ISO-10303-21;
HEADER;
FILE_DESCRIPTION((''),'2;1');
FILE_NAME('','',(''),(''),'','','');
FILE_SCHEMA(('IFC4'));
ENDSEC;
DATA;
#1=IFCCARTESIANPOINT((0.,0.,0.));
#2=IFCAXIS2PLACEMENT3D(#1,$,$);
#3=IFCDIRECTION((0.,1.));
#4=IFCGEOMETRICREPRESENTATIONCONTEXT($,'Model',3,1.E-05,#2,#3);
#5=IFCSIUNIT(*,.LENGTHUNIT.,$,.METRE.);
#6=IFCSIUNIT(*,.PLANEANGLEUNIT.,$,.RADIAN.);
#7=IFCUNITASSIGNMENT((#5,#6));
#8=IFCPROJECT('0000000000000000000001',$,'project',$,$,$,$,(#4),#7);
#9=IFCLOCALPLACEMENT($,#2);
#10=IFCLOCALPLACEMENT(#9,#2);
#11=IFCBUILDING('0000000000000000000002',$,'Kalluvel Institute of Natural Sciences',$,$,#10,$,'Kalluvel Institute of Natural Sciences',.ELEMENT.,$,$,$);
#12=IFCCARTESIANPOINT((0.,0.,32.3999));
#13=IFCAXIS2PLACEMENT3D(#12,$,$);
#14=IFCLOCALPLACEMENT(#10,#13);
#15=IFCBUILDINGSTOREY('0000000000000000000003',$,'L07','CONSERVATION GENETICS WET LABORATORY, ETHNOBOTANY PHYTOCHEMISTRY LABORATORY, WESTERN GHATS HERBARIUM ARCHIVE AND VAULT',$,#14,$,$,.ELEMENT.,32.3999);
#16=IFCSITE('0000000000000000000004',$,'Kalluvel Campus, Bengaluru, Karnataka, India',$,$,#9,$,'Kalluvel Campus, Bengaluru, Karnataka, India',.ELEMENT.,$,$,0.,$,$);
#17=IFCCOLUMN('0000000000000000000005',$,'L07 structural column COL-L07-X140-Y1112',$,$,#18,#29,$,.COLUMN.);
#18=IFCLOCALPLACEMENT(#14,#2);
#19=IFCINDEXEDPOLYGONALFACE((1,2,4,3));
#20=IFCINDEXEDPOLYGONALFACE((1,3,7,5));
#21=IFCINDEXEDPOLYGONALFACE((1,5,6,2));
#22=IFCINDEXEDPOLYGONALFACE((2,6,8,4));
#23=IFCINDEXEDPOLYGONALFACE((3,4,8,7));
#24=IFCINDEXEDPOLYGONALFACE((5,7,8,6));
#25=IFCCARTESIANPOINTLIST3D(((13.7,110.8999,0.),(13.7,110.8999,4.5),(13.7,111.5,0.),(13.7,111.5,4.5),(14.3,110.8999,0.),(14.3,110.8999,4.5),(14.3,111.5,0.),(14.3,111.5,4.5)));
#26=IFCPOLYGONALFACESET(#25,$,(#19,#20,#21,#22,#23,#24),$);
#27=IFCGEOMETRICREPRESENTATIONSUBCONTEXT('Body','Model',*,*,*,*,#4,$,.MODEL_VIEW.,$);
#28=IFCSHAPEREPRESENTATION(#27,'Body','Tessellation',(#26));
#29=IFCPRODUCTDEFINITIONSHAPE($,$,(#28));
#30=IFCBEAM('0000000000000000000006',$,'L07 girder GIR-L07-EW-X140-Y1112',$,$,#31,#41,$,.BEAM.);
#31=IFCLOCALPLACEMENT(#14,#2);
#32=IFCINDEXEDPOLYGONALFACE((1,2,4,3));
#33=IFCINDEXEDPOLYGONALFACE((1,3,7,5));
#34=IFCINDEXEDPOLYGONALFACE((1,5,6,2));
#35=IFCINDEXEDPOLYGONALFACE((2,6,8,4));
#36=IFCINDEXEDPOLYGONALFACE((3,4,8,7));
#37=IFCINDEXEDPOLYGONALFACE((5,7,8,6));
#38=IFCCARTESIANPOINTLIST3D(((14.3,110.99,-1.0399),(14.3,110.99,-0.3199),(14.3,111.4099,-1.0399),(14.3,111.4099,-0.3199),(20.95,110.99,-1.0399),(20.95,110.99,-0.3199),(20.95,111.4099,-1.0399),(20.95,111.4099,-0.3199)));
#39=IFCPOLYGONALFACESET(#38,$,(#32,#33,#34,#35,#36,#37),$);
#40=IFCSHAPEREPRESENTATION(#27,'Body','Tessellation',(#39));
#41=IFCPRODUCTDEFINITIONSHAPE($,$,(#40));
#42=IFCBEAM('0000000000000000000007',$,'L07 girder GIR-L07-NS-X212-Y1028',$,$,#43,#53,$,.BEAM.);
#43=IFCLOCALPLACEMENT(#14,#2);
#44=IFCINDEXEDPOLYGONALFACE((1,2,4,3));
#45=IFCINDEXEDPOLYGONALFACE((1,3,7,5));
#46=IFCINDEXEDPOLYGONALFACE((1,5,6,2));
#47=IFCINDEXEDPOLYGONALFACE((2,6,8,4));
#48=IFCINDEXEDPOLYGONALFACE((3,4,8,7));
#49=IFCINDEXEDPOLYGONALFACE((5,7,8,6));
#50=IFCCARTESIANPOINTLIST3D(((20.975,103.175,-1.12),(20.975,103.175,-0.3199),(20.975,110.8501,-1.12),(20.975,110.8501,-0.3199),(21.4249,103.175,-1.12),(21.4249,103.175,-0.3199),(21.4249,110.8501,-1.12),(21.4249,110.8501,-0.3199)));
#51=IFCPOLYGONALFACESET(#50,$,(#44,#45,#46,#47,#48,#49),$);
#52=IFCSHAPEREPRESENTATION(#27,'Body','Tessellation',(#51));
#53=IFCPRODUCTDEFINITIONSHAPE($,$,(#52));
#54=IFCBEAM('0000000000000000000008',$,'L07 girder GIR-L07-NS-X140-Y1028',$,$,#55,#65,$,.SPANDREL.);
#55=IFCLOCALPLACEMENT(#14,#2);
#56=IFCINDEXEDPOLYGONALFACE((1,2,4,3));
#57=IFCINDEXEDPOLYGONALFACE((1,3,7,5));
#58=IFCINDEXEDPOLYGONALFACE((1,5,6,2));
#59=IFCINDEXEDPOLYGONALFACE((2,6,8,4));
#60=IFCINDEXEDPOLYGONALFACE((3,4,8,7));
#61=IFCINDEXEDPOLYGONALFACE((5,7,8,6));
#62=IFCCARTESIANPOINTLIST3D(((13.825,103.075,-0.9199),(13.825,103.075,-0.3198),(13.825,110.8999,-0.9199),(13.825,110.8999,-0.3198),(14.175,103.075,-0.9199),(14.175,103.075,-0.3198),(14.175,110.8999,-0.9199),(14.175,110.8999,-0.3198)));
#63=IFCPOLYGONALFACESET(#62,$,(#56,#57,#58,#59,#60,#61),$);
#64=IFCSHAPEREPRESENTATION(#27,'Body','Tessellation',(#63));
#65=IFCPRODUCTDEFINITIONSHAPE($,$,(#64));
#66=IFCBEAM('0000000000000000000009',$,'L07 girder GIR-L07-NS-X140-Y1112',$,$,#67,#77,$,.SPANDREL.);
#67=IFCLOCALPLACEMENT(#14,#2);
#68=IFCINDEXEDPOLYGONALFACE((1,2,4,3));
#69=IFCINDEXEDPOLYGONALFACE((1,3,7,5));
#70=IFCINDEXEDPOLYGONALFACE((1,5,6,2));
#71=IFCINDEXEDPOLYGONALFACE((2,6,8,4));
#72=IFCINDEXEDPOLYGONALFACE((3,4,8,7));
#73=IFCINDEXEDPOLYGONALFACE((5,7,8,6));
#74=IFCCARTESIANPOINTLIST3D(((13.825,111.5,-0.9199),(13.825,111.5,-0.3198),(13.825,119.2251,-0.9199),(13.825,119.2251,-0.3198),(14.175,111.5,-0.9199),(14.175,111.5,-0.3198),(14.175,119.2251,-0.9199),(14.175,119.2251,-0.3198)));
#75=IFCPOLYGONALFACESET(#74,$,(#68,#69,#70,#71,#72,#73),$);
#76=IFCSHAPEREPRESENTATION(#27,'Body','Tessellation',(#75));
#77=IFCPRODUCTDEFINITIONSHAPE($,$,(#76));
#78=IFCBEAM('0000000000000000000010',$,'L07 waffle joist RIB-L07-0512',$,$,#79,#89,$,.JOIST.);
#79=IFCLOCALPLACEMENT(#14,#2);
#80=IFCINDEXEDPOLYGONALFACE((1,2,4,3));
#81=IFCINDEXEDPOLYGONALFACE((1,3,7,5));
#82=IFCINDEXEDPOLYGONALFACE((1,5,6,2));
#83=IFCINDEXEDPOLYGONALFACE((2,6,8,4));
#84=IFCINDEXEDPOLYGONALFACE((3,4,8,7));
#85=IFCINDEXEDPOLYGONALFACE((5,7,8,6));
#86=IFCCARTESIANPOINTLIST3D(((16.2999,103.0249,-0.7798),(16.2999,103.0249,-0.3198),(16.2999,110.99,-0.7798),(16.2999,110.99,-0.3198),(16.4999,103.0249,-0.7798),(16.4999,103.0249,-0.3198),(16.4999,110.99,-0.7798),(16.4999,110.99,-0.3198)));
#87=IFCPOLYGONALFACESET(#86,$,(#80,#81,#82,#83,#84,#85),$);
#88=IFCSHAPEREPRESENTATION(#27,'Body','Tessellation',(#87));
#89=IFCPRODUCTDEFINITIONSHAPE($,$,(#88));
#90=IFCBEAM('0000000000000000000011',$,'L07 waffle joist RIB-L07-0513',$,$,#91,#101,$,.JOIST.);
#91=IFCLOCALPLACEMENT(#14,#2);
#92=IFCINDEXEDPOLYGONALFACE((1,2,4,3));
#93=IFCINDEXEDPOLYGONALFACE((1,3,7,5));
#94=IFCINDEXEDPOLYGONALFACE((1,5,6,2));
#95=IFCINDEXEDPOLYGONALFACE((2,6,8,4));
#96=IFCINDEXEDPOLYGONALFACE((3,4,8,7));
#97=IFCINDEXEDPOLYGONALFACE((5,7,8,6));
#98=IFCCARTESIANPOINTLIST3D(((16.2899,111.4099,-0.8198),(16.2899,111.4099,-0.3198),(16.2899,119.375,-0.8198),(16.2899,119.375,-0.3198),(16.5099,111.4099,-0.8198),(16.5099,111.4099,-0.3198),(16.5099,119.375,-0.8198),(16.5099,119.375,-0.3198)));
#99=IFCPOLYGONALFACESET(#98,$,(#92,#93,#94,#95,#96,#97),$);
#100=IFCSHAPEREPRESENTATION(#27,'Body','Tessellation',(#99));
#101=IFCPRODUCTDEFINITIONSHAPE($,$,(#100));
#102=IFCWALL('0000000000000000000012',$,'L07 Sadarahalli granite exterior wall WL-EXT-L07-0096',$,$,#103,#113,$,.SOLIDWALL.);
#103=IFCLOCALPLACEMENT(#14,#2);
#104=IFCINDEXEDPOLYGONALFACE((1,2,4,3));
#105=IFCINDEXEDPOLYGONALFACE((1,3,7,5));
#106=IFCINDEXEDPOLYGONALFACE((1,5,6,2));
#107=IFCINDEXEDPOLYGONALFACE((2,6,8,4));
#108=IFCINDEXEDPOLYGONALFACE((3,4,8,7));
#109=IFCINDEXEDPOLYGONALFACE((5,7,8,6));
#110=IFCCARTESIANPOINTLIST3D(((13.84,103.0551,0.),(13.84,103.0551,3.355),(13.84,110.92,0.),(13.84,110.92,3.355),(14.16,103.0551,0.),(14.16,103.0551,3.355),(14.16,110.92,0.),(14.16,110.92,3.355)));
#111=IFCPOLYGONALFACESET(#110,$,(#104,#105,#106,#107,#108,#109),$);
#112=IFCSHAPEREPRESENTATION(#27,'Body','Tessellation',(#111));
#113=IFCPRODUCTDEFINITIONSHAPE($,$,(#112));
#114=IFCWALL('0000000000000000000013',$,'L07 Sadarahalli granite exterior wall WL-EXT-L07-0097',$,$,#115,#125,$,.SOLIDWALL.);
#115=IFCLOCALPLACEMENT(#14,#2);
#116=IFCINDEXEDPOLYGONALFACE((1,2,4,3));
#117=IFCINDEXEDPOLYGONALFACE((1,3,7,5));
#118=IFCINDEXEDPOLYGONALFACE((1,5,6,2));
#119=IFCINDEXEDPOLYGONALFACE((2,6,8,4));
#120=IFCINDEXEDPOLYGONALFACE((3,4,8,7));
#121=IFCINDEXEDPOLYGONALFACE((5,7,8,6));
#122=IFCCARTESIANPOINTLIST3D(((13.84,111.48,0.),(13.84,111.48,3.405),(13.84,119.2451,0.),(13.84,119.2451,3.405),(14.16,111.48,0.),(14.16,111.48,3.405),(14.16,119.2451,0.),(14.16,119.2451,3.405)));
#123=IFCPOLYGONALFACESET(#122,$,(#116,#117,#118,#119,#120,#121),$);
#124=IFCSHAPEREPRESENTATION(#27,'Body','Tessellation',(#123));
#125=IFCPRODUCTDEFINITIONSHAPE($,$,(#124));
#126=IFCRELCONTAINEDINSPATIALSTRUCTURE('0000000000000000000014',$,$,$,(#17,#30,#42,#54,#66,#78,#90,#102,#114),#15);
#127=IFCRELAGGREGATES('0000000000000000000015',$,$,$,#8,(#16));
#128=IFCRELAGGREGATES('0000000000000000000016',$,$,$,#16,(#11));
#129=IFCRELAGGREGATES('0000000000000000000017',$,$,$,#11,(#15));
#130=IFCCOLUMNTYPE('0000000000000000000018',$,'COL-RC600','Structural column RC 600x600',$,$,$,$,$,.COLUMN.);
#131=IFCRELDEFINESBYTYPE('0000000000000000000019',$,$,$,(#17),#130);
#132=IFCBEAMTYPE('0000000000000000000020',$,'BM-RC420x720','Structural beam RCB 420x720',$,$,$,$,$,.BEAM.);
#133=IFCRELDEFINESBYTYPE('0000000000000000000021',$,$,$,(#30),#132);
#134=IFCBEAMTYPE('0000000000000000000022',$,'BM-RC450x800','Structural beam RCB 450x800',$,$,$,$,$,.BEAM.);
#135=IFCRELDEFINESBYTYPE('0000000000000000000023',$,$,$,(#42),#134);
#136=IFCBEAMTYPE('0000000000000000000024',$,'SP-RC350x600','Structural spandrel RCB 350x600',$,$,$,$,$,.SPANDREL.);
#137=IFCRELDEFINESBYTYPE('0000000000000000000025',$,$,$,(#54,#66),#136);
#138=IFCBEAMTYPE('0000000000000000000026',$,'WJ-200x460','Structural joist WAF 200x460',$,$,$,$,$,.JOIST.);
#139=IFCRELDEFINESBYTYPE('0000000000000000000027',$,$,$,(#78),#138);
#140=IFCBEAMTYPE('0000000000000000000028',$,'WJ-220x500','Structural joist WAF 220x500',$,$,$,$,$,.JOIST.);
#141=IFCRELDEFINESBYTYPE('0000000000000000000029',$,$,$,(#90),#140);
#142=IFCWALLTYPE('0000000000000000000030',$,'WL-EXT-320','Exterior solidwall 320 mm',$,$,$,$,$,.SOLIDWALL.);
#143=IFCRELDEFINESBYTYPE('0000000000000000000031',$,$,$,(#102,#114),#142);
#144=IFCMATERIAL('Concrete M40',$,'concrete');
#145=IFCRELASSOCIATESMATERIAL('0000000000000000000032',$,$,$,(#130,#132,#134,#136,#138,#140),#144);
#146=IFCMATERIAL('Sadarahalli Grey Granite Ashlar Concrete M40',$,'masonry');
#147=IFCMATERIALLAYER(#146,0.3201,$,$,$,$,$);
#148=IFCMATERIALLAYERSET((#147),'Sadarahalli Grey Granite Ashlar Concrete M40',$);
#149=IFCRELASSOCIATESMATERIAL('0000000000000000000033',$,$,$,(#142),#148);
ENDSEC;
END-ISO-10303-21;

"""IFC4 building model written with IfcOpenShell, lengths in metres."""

from ifc_helpers import new_model, si_unit, direction, frame, frame_2d, origin, origin_2d, place, context, subcontext, project, spatial, rectangle, extrude, material, layer, layer_set, material_profile, profile_set, type_object, element, save


model = new_model("IFC4")

# Units and contexts
model_context = context("Model", 3, precision=1e-05, world=origin(), true_north=direction((0.0, 1.0)))
body_context = subcontext(model_context, "Body", "Model", "MODEL_VIEW")
ifc_project = project(units=[si_unit("LENGTHUNIT", "METRE"), si_unit("PLANEANGLEUNIT", "RADIAN")], contexts=[model_context])

# Site, building, storey
site_placement = place(None, origin())
site = spatial("IfcSite", under=ifc_project, at=site_placement, Name="Kalluvel Campus, Bengaluru, Karnataka, India", LongName="Kalluvel Campus, Bengaluru, Karnataka, India", CompositionType="ELEMENT", RefElevation=0.0)
building_placement = place(site_placement, origin())
building = spatial("IfcBuilding", under=site, at=building_placement, Name="Kalluvel Institute of Natural Sciences", LongName="Kalluvel Institute of Natural Sciences", CompositionType="ELEMENT")
storey_placement = place(building_placement, frame((0.0, 0.0, 32.3999)))
storey = spatial("IfcBuildingStorey", under=building, at=storey_placement, Name="L07", Description="CONSERVATION GENETICS WET LABORATORY, ETHNOBOTANY PHYTOCHEMISTRY LABORATORY, WESTERN GHATS HERBARIUM ARCHIVE AND VAULT", CompositionType="ELEMENT", Elevation=32.3999)

# Column
ifc_material_1 = material(Name="Concrete M40", Category="concrete")
ifc_material_profile_1 = material_profile(ifc_material_1, rectangle(XDim=0.6001, YDim=0.6001, at=origin_2d()), Name="RC 600x600")
ifc_profile_set_1 = profile_set([ifc_material_profile_1], Name="Concrete M40")
column_type = type_object("IfcColumnType", Name="COL-RC600", Description="Structural column RC 600x600", PredefinedType="COLUMN", material=ifc_profile_set_1)
column_placement = place(storey_placement, frame((14.0, 111.2, 0.0), z_axis=(0.0, 0.0, 1.0), x_axis=(1.0, 0.0, 0.0)))
element("IfcColumn", 1, at=column_placement, inside=storey, type_object=column_type, Name="L07 structural column COL-L07-X140-Y1112", PredefinedType="COLUMN", context=body_context, shape_type="SweptSolid", body=[
    extrude(rectangle(XDim=0.6001, YDim=0.6001, at=origin_2d()), origin(), (0.0, 0.0, 1.0), 4.5),
])

# Beams
ifc_material_profile_2 = material_profile(ifc_material_1, rectangle(XDim=0.4199, YDim=0.72, at=origin_2d()), Name="RCB 420x720")
ifc_profile_set_2 = profile_set([ifc_material_profile_2], Name="Concrete M40")
beam_type_1 = type_object("IfcBeamType", Name="BM-RC420x720", Description="Structural beam RCB 420x720", PredefinedType="BEAM", material=ifc_profile_set_2)
beam_1_placement = place(storey_placement, frame((14.3, 111.2, -0.6799), z_axis=(1.0, 0.0, 0.0), x_axis=(0.0, 1.0, 0.0)))
element("IfcBeam", 2, at=beam_1_placement, inside=storey, type_object=beam_type_1, Name="L07 girder GIR-L07-EW-X140-Y1112", PredefinedType="BEAM", context=body_context, shape_type="SweptSolid", body=[
    extrude(rectangle(XDim=0.4199, YDim=0.72, at=origin_2d()), origin(), (0.0, 0.0, 1.0), 6.6499),
])
ifc_material_profile_3 = material_profile(ifc_material_1, rectangle(XDim=0.45, YDim=0.8, at=origin_2d()), Name="RCB 450x800")
ifc_profile_set_3 = profile_set([ifc_material_profile_3], Name="Concrete M40")
beam_type_2 = type_object("IfcBeamType", Name="BM-RC450x800", Description="Structural beam RCB 450x800", PredefinedType="BEAM", material=ifc_profile_set_3)
beam_2_placement = place(storey_placement, frame((21.2, 103.175, -0.72), z_axis=(0.0, 1.0, 0.0), x_axis=(-1.0, 0.0, 0.0)))
element("IfcBeam", 3, at=beam_2_placement, inside=storey, type_object=beam_type_2, Name="L07 girder GIR-L07-NS-X212-Y1028", PredefinedType="BEAM", context=body_context, shape_type="SweptSolid", body=[
    extrude(rectangle(XDim=0.45, YDim=0.8, at=origin_2d()), origin(), (0.0, 0.0, 1.0), 7.675),
])
ifc_material_profile_4 = material_profile(ifc_material_1, rectangle(XDim=0.3501, YDim=0.6001, at=origin_2d()), Name="RCB 350x600")
ifc_profile_set_4 = profile_set([ifc_material_profile_4], Name="Concrete M40")
beam_type_3 = type_object("IfcBeamType", Name="SP-RC350x600", Description="Structural spandrel RCB 350x600", PredefinedType="SPANDREL", material=ifc_profile_set_4)
beam_3_placement = place(storey_placement, frame((14.0, 103.075, -0.6199), z_axis=(0.0, 1.0, 0.0), x_axis=(-1.0, 0.0, 0.0)))
element("IfcBeam", 4, at=beam_3_placement, inside=storey, type_object=beam_type_3, Name="L07 girder GIR-L07-NS-X140-Y1028", PredefinedType="SPANDREL", context=body_context, shape_type="SweptSolid", body=[
    extrude(rectangle(XDim=0.3501, YDim=0.6001, at=origin_2d()), origin(), (0.0, 0.0, 1.0), 7.825),
])
beam_4_placement = place(storey_placement, frame((14.0, 111.5, -0.6199), z_axis=(0.0, 1.0, 0.0), x_axis=(-1.0, 0.0, 0.0)))
element("IfcBeam", 5, at=beam_4_placement, inside=storey, type_object=beam_type_3, Name="L07 girder GIR-L07-NS-X140-Y1112", PredefinedType="SPANDREL", context=body_context, shape_type="SweptSolid", body=[
    extrude(rectangle(XDim=0.3501, YDim=0.6001, at=origin_2d()), origin(), (0.0, 0.0, 1.0), 7.7251),
])
ifc_material_profile_5 = material_profile(ifc_material_1, rectangle(XDim=0.2, YDim=0.46, at=origin_2d()), Name="WAF 200x460")
ifc_profile_set_5 = profile_set([ifc_material_profile_5], Name="Concrete M40")
beam_type_4 = type_object("IfcBeamType", Name="WJ-200x460", Description="Structural joist WAF 200x460", PredefinedType="JOIST", material=ifc_profile_set_5)
beam_5_placement = place(storey_placement, frame((16.3999, 103.0249, -0.5498), z_axis=(0.0, 1.0, 0.0), x_axis=(-1.0, 0.0, 0.0)))
element("IfcBeam", 6, at=beam_5_placement, inside=storey, type_object=beam_type_4, Name="L07 waffle joist RIB-L07-0512", PredefinedType="JOIST", context=body_context, shape_type="SweptSolid", body=[
    extrude(rectangle(XDim=0.2, YDim=0.46, at=origin_2d()), origin(), (0.0, 0.0, 1.0), 7.9651),
])
ifc_material_profile_6 = material_profile(ifc_material_1, rectangle(XDim=0.22, YDim=0.5, at=origin_2d()), Name="WAF 220x500")
ifc_profile_set_6 = profile_set([ifc_material_profile_6], Name="Concrete M40")
beam_type_5 = type_object("IfcBeamType", Name="WJ-220x500", Description="Structural joist WAF 220x500", PredefinedType="JOIST", material=ifc_profile_set_6)
beam_6_placement = place(storey_placement, frame((16.3999, 111.4099, -0.5698), z_axis=(0.0, 1.0, 0.0), x_axis=(-1.0, 0.0, 0.0)))
element("IfcBeam", 7, at=beam_6_placement, inside=storey, type_object=beam_type_5, Name="L07 waffle joist RIB-L07-0513", PredefinedType="JOIST", context=body_context, shape_type="SweptSolid", body=[
    extrude(rectangle(XDim=0.22, YDim=0.5, at=origin_2d()), origin(), (0.0, 0.0, 1.0), 7.9651),
])

# Walls
ifc_material_2 = material(Name="Sadarahalli Grey Granite Ashlar Concrete M40", Category="masonry")
ifc_layer_1 = layer(ifc_material_2, 0.3201)
ifc_layer_set_1 = layer_set([ifc_layer_1], Name="Sadarahalli Grey Granite Ashlar Concrete M40")
wall_type_1 = type_object("IfcWallType", Name="WL-EXT-320", Description="Exterior solidwall 320 mm", PredefinedType="SOLIDWALL", material=ifc_layer_set_1)
wall_1_placement = place(storey_placement, frame((14.0, 103.0549, 0.0), z_axis=(0.0, 0.0, 1.0), x_axis=(0.0, 1.0, 0.0)))
element("IfcWall", 8, at=wall_1_placement, inside=storey, type_object=wall_type_1, Name="L07 Sadarahalli granite exterior wall WL-EXT-L07-0096", PredefinedType="SOLIDWALL", context=body_context, shape_type="SweptSolid", body=[
    extrude(rectangle(XDim=7.865, YDim=0.3201, at=frame_2d((3.9326, 0.0))), origin(), (0.0, 0.0, 1.0), 3.355),
])
wall_2_placement = place(storey_placement, frame((14.0, 111.48, 0.0), z_axis=(0.0, 0.0, 1.0), x_axis=(0.0, 1.0, 0.0)))
element("IfcWall", 9, at=wall_2_placement, inside=storey, type_object=wall_type_1, Name="L07 Sadarahalli granite exterior wall WL-EXT-L07-0097", PredefinedType="SOLIDWALL", context=body_context, shape_type="SweptSolid", body=[
    extrude(rectangle(XDim=7.7651, YDim=0.3201, at=frame_2d((3.8826, 0.0))), origin(), (0.0, 0.0, 1.0), 3.405),
])

save(model, "model.ifc")
